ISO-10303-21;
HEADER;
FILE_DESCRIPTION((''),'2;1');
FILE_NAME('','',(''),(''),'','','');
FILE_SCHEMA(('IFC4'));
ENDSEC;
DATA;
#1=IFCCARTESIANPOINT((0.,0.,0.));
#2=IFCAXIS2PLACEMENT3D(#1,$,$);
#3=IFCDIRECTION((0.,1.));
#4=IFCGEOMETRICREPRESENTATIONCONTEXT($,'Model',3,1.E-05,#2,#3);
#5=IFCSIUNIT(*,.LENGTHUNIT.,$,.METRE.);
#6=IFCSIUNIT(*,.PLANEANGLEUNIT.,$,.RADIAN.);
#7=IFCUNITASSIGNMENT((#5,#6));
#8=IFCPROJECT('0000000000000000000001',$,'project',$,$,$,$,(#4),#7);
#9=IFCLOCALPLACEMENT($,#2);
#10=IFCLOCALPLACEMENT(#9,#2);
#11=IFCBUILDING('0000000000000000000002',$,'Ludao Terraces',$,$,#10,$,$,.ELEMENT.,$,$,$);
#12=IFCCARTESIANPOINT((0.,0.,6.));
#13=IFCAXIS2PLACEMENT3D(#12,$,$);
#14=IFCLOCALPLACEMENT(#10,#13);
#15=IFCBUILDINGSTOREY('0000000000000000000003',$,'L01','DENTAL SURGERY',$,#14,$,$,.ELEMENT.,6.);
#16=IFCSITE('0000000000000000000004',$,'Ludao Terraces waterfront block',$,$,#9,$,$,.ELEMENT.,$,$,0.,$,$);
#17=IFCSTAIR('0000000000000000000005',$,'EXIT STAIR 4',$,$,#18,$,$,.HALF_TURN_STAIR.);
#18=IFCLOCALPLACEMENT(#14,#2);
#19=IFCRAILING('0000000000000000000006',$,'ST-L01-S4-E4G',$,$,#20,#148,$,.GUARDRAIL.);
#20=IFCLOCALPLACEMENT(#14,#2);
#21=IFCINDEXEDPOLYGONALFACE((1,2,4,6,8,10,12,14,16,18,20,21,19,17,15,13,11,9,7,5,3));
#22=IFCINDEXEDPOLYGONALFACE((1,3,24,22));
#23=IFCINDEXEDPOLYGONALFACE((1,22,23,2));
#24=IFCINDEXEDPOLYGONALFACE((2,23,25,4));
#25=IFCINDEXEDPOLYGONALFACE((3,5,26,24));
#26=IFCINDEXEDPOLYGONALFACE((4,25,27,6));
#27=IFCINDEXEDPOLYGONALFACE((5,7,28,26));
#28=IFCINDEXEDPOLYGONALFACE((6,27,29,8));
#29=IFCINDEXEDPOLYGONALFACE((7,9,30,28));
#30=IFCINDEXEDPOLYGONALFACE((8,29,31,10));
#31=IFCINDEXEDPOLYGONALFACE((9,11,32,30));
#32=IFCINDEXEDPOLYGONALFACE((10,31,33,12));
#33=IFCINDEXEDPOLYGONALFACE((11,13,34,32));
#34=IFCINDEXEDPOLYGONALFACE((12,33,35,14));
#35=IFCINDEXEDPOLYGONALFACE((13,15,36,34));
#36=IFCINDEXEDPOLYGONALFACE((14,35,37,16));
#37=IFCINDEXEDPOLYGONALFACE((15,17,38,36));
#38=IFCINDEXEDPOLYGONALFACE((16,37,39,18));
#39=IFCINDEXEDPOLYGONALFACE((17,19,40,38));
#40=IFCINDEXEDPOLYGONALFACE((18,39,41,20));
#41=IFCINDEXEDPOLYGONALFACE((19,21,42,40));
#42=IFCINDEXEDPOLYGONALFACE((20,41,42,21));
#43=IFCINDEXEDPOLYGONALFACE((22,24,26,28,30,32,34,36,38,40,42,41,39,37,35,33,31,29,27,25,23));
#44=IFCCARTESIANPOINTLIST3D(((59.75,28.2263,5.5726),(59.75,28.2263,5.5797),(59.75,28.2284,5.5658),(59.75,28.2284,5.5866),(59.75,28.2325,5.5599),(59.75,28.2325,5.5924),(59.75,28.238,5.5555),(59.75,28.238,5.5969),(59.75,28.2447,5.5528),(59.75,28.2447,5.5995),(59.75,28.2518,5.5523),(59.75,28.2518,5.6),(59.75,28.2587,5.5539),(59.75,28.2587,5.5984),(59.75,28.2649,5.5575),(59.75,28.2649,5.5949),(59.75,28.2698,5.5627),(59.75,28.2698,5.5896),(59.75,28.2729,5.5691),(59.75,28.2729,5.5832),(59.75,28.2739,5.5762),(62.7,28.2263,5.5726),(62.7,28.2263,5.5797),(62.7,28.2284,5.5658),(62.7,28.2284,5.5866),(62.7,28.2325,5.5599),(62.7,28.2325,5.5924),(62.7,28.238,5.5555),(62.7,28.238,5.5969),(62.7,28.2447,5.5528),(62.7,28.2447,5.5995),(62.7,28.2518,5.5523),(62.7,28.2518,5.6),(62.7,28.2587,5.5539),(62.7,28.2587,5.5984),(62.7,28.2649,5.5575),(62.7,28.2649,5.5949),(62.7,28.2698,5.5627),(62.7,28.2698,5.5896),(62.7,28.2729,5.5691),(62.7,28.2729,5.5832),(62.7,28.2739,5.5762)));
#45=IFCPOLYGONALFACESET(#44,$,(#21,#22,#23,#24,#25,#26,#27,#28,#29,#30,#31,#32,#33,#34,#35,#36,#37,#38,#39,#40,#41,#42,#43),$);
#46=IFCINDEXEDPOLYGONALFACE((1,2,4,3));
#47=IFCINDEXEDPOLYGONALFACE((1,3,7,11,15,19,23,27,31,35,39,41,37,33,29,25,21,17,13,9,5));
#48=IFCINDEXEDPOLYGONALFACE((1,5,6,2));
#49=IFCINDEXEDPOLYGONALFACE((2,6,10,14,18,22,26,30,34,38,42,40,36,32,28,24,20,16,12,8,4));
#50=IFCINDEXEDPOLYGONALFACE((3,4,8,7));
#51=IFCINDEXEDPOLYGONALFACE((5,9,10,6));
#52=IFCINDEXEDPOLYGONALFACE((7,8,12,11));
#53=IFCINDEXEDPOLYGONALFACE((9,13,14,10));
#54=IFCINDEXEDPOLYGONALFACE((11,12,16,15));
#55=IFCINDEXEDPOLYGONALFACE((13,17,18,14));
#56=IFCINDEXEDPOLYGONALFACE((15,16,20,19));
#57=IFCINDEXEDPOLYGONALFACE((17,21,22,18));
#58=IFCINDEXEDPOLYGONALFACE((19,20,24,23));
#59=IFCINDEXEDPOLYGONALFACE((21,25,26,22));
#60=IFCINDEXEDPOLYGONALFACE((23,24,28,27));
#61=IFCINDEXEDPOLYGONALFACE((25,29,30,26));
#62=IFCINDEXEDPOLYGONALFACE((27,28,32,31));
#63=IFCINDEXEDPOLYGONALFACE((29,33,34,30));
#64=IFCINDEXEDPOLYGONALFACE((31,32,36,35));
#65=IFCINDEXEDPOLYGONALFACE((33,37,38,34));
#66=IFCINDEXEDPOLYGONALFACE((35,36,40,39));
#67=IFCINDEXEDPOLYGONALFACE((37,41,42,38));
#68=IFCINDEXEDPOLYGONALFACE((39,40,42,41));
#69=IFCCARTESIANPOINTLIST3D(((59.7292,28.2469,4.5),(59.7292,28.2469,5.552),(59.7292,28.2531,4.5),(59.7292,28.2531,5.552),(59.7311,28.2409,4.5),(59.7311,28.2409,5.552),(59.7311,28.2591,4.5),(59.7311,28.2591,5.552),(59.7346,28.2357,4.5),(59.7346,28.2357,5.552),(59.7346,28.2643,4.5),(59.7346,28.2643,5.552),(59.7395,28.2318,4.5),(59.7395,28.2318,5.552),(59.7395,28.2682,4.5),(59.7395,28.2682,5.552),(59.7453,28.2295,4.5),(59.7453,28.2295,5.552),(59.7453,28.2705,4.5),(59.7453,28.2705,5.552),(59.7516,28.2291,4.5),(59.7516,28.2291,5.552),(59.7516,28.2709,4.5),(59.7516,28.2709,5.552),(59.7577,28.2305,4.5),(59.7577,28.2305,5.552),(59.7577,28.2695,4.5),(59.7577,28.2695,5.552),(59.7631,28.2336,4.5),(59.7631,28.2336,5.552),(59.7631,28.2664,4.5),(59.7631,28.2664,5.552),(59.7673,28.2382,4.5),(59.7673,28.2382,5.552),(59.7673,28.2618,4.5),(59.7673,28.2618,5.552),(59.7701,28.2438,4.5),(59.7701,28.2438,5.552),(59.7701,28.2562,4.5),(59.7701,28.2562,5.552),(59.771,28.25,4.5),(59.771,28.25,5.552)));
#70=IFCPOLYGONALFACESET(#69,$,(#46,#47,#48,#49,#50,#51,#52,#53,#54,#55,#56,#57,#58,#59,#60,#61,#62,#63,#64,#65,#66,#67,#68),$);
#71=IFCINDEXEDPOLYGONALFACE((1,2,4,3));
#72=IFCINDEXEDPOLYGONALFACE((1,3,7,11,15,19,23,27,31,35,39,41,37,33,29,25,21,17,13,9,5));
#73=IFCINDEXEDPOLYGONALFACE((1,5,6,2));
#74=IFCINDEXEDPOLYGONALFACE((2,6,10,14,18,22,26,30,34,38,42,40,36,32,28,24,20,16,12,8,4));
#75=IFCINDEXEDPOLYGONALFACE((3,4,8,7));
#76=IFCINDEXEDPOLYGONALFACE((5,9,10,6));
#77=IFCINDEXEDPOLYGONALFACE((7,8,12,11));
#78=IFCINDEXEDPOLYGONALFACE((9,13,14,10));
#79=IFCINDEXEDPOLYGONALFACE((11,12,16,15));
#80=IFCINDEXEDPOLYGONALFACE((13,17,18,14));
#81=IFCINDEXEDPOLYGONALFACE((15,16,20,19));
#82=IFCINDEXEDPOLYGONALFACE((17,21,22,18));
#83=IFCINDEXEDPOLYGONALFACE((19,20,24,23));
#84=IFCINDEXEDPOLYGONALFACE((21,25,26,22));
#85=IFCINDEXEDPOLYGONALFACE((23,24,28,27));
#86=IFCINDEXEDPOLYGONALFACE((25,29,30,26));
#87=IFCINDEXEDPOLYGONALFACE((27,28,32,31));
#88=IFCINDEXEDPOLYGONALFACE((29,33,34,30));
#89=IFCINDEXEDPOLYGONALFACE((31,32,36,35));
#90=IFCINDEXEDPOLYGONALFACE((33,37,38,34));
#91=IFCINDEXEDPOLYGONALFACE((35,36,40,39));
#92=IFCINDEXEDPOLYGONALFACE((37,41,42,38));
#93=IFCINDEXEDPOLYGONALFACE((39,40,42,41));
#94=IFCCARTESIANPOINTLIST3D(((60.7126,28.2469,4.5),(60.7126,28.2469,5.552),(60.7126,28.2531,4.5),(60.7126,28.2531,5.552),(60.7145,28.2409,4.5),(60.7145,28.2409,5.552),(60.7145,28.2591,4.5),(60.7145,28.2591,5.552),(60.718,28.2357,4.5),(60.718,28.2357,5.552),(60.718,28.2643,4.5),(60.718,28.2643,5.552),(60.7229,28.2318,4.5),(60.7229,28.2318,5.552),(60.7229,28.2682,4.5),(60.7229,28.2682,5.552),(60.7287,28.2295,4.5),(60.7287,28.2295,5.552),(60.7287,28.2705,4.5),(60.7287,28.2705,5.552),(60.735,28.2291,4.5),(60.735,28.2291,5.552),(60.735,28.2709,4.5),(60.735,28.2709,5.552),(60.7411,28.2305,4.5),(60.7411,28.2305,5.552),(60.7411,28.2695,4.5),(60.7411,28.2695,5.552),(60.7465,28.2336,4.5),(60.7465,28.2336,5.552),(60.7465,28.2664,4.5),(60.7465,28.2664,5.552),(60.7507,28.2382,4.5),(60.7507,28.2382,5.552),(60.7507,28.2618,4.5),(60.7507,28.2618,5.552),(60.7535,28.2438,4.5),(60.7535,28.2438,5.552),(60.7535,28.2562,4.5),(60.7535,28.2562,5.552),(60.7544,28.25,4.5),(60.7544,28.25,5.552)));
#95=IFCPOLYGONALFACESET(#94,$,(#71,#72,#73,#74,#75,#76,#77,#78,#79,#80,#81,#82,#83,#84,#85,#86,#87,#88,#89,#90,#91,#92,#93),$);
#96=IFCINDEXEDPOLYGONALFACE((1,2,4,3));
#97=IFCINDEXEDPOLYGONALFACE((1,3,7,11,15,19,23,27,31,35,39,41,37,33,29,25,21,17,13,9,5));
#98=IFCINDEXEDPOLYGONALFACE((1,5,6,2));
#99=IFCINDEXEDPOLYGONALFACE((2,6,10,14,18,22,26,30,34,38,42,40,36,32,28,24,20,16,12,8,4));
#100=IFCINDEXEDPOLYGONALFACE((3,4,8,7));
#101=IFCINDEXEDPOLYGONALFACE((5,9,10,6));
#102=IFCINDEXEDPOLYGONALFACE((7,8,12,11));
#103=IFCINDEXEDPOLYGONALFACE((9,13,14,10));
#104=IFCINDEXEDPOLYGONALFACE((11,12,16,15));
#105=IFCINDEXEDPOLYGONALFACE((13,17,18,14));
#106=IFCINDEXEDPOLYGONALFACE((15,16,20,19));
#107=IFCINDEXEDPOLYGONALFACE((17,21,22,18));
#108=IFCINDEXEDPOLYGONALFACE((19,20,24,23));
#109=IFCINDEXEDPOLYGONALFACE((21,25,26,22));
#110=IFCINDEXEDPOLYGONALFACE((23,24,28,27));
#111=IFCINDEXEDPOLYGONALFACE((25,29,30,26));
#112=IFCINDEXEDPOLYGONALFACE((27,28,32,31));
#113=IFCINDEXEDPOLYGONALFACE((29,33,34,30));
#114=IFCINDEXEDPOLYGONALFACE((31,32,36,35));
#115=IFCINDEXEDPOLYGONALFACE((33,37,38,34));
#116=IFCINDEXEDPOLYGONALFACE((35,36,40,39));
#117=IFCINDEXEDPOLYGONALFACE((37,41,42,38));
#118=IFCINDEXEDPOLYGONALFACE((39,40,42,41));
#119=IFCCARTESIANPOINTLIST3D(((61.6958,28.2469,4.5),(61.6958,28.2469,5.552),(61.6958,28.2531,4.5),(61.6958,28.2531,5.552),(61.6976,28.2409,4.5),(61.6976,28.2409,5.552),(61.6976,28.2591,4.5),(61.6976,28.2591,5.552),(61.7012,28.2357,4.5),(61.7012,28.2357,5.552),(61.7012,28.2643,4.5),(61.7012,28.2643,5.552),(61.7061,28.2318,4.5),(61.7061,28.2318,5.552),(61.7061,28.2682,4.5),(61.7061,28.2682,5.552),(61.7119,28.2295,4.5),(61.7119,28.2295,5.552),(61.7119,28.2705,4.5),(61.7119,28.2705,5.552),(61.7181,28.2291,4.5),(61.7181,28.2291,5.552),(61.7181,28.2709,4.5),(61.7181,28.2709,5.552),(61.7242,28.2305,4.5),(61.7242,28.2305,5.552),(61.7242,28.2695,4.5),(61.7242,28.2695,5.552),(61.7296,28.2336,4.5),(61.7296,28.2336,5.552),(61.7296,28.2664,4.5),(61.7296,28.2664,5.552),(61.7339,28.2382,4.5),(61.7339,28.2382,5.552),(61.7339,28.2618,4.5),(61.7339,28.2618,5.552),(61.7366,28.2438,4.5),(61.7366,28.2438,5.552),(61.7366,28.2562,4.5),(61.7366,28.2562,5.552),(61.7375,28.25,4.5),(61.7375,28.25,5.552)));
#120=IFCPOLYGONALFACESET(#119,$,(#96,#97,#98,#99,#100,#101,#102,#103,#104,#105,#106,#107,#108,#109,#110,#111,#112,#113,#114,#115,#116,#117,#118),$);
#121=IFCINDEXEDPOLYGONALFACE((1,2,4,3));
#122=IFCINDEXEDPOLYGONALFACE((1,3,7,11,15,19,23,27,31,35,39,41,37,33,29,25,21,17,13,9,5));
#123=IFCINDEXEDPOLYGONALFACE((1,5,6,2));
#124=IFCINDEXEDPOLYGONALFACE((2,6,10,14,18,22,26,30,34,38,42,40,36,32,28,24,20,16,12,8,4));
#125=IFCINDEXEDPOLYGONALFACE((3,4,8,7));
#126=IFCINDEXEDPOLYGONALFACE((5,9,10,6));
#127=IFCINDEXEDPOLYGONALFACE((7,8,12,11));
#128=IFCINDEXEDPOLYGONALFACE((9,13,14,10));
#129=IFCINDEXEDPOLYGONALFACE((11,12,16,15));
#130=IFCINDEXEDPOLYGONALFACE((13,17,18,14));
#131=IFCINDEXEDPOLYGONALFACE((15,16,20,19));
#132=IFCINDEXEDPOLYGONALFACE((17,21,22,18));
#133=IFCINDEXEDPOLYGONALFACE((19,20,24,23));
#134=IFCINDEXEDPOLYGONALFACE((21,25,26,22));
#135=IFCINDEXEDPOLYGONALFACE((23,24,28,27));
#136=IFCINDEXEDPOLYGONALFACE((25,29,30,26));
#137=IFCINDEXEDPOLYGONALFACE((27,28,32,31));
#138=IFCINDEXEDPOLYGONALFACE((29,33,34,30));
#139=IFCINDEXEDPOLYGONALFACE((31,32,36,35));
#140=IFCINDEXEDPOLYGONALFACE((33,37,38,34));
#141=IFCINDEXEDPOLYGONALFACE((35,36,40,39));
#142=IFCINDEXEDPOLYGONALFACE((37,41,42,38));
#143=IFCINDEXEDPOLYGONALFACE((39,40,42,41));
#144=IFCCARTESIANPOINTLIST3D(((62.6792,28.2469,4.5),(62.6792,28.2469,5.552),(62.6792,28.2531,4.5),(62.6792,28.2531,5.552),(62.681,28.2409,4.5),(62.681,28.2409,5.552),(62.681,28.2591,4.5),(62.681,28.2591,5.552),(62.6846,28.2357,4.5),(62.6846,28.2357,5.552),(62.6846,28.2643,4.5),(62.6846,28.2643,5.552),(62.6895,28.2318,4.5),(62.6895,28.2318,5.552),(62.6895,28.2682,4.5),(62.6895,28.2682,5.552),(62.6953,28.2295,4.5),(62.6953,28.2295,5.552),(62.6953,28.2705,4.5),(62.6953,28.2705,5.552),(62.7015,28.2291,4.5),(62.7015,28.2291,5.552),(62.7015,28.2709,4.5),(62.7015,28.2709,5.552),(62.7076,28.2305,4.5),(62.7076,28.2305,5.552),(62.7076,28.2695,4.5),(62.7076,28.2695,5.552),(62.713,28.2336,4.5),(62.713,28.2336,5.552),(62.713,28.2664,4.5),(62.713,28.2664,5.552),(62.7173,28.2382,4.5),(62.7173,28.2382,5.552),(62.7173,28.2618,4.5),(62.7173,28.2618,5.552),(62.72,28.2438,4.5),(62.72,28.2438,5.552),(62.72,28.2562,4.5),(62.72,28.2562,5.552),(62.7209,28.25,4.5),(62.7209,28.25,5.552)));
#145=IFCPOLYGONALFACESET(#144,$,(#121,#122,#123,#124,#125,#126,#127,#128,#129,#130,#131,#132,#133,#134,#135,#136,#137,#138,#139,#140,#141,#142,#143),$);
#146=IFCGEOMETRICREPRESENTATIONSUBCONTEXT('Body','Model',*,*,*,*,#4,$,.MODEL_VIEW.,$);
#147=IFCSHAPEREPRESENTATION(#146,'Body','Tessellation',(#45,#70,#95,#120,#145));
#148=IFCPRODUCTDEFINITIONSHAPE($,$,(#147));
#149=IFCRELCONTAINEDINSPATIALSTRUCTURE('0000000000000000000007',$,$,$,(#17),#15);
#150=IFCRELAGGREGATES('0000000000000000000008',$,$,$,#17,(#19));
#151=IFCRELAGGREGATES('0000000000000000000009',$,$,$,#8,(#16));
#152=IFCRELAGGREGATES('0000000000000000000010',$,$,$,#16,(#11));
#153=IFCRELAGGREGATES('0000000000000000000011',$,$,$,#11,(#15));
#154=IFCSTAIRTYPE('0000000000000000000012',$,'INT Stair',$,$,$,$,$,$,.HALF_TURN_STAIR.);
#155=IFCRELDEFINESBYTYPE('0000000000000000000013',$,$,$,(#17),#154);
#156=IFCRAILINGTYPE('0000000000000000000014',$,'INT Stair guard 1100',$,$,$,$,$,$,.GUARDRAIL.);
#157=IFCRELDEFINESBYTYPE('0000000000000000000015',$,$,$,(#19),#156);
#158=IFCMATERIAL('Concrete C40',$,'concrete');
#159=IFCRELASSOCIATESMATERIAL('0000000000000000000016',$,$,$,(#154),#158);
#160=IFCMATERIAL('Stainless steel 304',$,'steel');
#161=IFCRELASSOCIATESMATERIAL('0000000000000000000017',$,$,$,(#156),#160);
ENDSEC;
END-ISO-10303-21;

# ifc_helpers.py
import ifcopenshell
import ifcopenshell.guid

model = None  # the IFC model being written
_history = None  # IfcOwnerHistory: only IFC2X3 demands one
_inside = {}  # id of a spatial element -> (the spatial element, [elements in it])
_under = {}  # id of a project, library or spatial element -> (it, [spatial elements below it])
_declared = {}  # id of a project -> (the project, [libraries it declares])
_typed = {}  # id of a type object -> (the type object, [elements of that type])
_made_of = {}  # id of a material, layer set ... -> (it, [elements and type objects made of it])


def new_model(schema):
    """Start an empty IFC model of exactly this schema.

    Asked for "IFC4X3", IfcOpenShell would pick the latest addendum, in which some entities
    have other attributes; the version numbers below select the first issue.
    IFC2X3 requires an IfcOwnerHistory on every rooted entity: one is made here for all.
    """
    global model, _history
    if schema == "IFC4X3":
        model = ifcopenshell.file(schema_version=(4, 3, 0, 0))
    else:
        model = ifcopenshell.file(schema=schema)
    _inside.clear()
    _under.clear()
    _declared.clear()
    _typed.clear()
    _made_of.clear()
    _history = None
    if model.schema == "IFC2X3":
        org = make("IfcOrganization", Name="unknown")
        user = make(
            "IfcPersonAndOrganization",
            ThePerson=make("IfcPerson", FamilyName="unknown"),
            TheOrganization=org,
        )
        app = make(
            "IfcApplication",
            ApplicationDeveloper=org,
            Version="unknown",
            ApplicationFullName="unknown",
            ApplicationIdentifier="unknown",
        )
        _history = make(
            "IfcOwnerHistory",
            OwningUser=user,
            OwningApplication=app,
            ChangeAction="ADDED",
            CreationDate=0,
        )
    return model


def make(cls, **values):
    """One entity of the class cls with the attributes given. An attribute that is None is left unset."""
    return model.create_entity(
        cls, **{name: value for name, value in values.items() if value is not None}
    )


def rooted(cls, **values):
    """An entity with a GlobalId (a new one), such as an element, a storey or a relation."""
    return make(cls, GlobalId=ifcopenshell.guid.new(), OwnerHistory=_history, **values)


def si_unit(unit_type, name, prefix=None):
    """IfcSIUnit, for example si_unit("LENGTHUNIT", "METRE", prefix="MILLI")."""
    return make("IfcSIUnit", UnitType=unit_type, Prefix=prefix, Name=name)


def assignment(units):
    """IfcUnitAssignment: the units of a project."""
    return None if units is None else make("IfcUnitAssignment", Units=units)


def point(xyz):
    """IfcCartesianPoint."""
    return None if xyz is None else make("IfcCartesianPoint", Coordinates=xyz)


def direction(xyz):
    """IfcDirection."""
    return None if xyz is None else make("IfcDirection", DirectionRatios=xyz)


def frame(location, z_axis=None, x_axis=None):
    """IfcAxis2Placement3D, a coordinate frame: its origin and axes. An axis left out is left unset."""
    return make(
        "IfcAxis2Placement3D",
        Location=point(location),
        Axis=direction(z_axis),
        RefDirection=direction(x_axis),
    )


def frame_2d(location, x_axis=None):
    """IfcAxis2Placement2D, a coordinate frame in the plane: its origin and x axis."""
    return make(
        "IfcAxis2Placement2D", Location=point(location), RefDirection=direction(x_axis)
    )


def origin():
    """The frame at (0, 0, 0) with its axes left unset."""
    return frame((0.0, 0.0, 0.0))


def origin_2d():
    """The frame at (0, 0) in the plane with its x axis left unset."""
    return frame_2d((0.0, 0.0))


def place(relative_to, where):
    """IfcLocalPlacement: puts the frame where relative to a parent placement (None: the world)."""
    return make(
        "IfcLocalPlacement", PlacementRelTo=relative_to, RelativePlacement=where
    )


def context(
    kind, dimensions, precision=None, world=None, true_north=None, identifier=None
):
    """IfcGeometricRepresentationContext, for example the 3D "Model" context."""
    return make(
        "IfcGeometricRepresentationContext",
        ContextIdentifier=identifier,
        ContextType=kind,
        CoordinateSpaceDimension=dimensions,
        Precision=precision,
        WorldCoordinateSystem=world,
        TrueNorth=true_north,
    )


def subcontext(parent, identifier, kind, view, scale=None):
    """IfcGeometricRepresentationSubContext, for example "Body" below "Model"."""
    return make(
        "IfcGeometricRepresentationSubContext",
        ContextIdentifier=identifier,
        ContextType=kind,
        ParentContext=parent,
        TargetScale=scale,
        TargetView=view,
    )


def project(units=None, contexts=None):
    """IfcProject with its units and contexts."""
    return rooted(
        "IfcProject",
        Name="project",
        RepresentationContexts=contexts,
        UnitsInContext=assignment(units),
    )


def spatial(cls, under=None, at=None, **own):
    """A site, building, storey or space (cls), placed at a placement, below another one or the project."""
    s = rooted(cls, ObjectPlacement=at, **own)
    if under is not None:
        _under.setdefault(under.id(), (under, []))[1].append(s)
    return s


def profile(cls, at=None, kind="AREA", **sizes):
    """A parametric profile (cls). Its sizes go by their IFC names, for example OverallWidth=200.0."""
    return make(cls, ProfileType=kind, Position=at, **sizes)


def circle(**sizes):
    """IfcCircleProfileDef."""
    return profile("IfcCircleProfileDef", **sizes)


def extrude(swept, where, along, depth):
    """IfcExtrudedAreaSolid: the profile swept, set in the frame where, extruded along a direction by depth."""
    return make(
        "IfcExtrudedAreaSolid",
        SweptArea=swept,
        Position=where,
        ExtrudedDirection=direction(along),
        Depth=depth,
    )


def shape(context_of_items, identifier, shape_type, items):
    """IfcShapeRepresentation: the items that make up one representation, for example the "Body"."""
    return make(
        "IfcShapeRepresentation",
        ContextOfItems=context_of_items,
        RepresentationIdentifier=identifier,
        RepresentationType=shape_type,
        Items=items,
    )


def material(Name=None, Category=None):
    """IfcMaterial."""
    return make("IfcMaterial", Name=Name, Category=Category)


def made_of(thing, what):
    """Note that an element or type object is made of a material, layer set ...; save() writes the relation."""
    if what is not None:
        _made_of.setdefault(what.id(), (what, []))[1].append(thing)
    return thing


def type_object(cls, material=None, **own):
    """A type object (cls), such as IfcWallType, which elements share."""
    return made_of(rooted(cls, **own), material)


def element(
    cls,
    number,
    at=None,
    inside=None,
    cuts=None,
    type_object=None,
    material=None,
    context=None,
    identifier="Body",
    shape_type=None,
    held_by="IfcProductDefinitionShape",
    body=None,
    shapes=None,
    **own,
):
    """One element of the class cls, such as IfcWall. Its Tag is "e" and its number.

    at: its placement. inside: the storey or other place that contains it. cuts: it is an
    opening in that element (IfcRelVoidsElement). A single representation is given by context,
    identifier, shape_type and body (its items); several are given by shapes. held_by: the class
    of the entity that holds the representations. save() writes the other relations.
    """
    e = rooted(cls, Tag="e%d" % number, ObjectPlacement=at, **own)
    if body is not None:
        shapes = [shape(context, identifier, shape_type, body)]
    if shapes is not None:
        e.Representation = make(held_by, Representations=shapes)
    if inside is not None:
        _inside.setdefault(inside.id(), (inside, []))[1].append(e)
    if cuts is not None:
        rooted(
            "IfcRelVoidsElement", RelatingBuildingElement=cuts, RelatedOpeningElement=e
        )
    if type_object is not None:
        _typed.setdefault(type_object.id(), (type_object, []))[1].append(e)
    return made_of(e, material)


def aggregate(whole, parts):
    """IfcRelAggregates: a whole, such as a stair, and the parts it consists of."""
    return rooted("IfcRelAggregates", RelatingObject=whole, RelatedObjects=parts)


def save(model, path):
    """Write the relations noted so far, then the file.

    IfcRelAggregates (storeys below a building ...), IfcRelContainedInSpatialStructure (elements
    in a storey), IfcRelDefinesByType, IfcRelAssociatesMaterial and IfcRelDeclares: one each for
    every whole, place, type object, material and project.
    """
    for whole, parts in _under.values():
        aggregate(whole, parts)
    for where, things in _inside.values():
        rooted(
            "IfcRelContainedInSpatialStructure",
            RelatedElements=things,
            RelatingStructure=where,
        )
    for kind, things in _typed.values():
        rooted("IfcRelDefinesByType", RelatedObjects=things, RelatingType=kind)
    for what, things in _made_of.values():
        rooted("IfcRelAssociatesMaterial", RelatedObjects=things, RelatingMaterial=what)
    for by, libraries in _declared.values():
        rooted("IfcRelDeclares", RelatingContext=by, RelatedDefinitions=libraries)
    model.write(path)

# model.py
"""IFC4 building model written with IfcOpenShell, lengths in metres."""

from ifc_helpers import new_model, si_unit, direction, frame, origin, origin_2d, place, context, subcontext, project, spatial, circle, extrude, material, type_object, element, aggregate, save


model = new_model("IFC4")

# Units and contexts
model_context = context("Model", 3, precision=1e-05, world=origin(), true_north=direction((0.0, 1.0)))
body_context = subcontext(model_context, "Body", "Model", "MODEL_VIEW")
ifc_project = project(units=[si_unit("LENGTHUNIT", "METRE"), si_unit("PLANEANGLEUNIT", "RADIAN")], contexts=[model_context])

# Site, building, storey
site_placement = place(None, origin())
site = spatial("IfcSite", under=ifc_project, at=site_placement, Name="Ludao Terraces waterfront block", CompositionType="ELEMENT", RefElevation=0.0)
building_placement = place(site_placement, origin())
building = spatial("IfcBuilding", under=site, at=building_placement, Name="Ludao Terraces", CompositionType="ELEMENT")
storey_placement = place(building_placement, frame((0.0, 0.0, 6.0)))
storey = spatial("IfcBuildingStorey", under=building, at=storey_placement, Name="L01", Description="DENTAL SURGERY", CompositionType="ELEMENT", Elevation=6.0)

# Stair, railing
ifc_material_1 = material(Name="Concrete C40", Category="concrete")
stair_type = type_object("IfcStairType", Name="INT Stair", PredefinedType="HALF_TURN_STAIR", material=ifc_material_1)
stair_placement = place(storey_placement, origin())
stair = element("IfcStair", 1, at=stair_placement, inside=storey, type_object=stair_type, Name="EXIT STAIR 4", PredefinedType="HALF_TURN_STAIR")
ifc_material_2 = material(Name="Stainless steel 304", Category="steel")
railing_type_1 = type_object("IfcRailingType", Name="INT Stair guard 1100", PredefinedType="GUARDRAIL", material=ifc_material_2)
railing_1_placement = place(storey_placement, frame((59.75, 28.25, 4.5)))
railing_1 = element("IfcRailing", 2, at=railing_1_placement, type_object=railing_type_1, Name="ST-L01-S4-E4G", PredefinedType="GUARDRAIL", context=body_context, shape_type="SweptSolid", body=[
    extrude(circle(Radius=0.0239, at=origin_2d()), frame((0.0, 0.0, 1.0762), z_axis=(1.0, 0.0, 0.0), x_axis=(0.0, 1.0, 0.0)), (0.0, 0.0, 1.0), 2.95),
    extrude(circle(Radius=0.021, at=origin_2d()), origin(), (0.0, 0.0, 1.0), 1.052),
    extrude(circle(Radius=0.021, at=origin_2d()), frame((0.9834, 0.0, 0.0)), (0.0, 0.0, 1.0), 1.052),
    extrude(circle(Radius=0.021, at=origin_2d()), frame((1.9666, 0.0, 0.0)), (0.0, 0.0, 1.0), 1.052),
    extrude(circle(Radius=0.021, at=origin_2d()), frame((2.95, 0.0, 0.0)), (0.0, 0.0, 1.0), 1.052),
])
aggregate(stair, [railing_1])

save(model, "model.ifc")
